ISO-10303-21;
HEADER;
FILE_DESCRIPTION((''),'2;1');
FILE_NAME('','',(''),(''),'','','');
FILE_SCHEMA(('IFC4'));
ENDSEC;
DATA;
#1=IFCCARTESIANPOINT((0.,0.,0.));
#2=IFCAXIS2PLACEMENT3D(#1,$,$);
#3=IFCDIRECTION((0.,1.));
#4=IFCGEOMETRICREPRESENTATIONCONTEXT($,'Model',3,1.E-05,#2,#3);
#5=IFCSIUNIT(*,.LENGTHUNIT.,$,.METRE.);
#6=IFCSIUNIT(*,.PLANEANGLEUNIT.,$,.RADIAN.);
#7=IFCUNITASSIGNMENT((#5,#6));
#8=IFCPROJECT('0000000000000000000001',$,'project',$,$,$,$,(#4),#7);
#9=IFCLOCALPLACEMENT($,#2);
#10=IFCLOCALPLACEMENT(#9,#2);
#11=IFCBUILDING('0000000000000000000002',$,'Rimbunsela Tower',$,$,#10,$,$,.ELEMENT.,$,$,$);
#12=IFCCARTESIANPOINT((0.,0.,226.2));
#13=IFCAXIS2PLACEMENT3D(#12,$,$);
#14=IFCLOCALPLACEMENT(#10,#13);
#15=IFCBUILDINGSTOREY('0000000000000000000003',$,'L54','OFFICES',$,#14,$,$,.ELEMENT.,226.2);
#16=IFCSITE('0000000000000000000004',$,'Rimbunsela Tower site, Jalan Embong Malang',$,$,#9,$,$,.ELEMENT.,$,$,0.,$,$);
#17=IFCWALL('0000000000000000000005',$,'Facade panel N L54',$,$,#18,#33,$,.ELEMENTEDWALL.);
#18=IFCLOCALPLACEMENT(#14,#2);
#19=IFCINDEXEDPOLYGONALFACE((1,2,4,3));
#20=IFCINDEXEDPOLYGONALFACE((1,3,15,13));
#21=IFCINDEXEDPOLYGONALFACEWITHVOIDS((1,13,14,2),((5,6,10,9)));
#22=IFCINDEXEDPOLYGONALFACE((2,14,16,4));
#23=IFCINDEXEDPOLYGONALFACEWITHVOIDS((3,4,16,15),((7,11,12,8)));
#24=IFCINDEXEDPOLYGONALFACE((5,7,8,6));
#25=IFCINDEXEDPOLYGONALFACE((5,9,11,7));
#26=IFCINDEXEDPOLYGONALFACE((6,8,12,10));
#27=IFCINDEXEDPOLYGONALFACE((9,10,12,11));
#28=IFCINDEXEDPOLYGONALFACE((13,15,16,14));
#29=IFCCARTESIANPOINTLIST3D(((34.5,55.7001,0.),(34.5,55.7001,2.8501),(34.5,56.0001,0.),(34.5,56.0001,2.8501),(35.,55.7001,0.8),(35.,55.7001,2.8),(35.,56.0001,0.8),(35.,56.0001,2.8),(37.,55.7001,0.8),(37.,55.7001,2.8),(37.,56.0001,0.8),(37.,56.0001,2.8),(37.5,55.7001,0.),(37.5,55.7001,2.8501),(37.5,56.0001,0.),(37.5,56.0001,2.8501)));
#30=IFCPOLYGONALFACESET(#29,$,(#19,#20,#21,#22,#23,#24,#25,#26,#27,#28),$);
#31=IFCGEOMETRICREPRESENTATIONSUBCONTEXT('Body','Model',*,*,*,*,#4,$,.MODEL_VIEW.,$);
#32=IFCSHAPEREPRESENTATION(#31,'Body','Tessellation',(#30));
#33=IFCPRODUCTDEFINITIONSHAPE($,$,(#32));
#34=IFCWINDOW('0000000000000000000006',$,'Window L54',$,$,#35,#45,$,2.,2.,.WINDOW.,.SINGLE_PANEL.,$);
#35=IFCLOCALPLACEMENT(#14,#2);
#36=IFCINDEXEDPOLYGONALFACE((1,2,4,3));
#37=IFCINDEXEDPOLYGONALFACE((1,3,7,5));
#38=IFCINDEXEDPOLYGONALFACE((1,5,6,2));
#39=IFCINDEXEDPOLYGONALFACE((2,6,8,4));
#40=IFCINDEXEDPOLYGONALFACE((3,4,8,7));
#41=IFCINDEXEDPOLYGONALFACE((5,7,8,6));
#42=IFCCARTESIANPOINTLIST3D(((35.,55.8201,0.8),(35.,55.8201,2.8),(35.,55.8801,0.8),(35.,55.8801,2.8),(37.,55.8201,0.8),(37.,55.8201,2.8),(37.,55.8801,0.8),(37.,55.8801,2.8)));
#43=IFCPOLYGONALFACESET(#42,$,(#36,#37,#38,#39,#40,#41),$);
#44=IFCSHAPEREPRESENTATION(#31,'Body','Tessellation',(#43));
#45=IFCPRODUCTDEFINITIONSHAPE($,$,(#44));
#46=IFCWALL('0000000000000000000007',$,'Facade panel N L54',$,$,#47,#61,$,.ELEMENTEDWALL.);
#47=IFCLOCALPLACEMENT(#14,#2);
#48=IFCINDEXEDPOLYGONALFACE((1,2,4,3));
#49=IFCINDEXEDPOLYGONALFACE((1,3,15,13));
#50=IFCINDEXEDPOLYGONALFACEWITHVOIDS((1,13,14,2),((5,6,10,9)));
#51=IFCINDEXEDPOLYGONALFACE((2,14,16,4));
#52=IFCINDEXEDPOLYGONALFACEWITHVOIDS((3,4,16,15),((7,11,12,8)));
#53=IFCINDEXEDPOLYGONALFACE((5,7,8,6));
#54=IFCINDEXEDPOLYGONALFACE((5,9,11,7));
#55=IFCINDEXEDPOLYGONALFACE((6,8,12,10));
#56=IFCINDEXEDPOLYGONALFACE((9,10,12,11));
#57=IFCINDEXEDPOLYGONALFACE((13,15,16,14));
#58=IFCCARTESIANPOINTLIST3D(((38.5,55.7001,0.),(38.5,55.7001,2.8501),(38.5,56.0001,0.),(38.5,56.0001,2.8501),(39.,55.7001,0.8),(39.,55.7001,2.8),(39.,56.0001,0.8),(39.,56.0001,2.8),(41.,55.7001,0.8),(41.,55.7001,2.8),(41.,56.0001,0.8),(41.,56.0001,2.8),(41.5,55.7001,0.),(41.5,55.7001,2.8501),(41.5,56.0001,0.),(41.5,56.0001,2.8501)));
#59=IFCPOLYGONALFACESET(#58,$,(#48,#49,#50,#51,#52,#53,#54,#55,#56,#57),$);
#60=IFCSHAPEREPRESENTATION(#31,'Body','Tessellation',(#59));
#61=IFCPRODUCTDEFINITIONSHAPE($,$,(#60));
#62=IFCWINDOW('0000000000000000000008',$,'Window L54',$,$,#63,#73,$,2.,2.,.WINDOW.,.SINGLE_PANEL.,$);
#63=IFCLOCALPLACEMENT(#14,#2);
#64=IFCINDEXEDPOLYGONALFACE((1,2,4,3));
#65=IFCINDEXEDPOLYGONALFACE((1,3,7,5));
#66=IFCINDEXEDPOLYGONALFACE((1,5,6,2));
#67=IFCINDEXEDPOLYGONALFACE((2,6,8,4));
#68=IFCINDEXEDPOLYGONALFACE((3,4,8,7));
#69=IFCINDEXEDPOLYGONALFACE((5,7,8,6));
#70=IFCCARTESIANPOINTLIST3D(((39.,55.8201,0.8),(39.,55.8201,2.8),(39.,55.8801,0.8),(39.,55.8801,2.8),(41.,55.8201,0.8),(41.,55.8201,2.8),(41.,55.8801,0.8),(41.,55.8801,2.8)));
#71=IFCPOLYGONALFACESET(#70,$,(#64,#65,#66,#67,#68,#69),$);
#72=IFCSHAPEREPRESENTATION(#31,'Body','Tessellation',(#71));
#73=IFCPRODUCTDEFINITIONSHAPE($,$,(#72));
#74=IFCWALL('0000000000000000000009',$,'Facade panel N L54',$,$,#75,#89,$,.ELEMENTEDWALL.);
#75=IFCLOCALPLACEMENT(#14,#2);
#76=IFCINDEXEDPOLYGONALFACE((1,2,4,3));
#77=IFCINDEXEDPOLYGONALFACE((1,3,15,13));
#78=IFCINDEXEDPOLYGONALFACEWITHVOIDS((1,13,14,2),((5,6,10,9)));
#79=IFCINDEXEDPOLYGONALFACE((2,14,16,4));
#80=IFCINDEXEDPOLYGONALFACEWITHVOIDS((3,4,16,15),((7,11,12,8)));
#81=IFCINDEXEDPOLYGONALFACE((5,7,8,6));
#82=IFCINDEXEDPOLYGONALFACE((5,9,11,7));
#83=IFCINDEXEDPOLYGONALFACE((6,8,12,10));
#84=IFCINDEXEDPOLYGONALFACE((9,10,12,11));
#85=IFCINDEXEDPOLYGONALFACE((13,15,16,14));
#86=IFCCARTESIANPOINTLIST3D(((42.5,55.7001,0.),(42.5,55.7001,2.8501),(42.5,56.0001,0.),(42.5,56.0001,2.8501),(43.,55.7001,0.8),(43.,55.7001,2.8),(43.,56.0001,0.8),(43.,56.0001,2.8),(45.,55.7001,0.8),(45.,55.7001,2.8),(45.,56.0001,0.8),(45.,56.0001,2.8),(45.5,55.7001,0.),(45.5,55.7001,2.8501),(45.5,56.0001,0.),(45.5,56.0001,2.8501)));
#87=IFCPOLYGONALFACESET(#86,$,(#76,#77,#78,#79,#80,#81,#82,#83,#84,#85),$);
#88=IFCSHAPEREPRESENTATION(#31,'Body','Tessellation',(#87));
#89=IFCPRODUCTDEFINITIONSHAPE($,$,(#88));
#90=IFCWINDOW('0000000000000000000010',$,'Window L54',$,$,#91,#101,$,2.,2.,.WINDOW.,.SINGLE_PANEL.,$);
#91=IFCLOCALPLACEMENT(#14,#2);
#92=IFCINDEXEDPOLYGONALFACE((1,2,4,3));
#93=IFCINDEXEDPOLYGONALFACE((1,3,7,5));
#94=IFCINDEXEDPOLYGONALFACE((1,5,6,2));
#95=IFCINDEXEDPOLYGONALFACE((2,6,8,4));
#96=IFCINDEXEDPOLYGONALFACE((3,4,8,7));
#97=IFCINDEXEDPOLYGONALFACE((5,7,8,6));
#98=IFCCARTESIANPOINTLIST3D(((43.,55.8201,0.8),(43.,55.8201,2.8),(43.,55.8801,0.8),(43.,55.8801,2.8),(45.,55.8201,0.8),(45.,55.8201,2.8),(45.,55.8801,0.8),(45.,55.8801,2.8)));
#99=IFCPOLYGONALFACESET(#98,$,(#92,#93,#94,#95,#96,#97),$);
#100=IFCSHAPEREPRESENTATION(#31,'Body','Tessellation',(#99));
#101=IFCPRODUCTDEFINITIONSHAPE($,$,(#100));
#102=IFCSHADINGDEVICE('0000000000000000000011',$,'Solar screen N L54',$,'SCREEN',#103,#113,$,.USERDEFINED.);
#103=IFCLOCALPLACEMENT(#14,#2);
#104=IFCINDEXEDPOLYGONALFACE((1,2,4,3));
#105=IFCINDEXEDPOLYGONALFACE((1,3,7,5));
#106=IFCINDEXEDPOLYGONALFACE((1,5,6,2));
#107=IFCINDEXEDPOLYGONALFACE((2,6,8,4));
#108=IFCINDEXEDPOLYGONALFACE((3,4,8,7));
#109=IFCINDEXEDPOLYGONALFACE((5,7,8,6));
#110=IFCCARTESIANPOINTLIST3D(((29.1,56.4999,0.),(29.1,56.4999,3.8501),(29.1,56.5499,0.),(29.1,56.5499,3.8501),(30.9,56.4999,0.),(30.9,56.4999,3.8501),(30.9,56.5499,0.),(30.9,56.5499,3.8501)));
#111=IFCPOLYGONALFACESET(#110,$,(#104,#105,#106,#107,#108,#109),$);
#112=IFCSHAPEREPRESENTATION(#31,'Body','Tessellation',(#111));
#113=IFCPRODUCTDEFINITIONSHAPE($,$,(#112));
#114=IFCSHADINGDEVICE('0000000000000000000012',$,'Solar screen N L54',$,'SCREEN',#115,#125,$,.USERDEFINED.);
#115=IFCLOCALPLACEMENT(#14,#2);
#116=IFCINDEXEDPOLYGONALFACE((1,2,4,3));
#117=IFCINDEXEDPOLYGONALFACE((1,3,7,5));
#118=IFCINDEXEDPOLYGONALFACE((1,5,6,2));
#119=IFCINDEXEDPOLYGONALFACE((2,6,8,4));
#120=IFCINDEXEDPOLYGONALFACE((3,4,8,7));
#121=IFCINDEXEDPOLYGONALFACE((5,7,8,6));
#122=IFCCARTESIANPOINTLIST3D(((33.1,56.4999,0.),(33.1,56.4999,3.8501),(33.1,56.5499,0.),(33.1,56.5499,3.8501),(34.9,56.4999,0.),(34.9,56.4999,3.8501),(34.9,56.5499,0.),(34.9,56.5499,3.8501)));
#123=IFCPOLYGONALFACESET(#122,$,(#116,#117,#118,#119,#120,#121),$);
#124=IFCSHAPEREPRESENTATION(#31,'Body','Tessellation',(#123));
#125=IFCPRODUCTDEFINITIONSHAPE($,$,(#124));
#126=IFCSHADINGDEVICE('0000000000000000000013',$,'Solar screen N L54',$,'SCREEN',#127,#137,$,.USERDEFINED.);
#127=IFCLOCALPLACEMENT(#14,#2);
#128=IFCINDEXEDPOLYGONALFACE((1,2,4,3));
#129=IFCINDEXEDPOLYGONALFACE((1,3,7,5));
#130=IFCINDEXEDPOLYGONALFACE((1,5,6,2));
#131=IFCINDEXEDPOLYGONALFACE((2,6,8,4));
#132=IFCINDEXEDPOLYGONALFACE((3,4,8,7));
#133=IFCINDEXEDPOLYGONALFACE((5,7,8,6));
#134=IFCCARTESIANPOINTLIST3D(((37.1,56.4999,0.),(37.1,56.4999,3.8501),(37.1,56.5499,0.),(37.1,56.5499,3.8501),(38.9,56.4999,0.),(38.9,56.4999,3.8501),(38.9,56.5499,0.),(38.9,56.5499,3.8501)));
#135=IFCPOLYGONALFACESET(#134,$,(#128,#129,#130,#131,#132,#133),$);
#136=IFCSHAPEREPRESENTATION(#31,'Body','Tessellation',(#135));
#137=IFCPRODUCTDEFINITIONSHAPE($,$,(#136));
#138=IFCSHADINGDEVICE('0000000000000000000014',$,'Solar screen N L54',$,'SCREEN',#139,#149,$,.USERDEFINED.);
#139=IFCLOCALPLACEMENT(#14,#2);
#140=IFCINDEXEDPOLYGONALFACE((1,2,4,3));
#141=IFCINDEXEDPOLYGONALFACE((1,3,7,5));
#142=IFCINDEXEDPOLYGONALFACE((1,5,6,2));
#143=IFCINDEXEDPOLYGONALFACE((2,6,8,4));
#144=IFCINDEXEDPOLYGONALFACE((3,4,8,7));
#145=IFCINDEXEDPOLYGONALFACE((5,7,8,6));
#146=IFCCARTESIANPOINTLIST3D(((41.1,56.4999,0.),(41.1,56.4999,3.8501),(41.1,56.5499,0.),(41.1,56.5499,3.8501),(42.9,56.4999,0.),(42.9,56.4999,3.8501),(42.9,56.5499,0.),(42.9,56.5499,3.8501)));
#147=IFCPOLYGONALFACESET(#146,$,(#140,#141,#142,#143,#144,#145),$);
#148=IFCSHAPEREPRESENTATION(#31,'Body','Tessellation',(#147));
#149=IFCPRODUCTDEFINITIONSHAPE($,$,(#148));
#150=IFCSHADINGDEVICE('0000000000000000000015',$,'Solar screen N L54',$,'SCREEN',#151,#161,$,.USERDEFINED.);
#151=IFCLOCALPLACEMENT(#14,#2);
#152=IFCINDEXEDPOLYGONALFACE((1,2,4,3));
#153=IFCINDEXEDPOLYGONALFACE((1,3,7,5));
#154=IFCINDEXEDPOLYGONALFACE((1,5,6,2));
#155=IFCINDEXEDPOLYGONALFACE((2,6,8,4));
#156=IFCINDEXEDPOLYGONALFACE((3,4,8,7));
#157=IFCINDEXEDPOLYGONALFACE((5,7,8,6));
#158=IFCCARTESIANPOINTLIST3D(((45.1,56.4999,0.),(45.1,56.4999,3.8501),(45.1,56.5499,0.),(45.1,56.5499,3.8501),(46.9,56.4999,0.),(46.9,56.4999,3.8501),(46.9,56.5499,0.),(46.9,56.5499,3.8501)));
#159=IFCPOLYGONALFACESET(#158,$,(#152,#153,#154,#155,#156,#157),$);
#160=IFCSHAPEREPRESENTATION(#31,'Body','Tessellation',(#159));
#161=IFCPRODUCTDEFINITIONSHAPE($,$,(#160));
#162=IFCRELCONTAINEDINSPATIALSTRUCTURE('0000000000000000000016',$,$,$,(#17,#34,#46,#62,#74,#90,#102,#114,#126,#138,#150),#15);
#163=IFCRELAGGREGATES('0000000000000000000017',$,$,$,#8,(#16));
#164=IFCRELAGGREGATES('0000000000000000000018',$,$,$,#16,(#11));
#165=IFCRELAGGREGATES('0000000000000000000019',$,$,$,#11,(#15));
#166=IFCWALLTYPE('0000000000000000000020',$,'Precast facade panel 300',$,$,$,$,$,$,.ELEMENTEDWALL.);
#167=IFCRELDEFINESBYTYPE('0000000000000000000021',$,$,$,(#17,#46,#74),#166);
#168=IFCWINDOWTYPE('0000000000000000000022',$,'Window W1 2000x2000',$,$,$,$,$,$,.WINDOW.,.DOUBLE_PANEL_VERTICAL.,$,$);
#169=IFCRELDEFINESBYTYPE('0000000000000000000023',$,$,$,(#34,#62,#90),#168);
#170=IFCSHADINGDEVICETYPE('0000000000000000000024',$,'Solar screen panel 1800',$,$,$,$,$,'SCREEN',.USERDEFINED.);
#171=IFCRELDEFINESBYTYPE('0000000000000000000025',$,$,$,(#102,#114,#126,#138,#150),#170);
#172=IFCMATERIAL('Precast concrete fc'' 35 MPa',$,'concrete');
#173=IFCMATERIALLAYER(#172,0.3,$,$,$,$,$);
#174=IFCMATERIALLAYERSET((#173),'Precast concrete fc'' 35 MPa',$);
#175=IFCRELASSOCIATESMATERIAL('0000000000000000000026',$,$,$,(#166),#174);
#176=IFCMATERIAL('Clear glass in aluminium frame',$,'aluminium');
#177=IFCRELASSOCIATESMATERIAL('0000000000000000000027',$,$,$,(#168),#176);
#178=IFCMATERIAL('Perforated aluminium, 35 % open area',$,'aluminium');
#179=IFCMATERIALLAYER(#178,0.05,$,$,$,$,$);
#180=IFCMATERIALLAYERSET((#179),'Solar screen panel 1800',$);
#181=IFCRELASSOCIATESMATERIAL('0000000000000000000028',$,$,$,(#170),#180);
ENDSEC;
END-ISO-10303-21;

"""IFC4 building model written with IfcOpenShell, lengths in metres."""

from ifc_helpers import new_model, si_unit, direction, frame, frame_2d, origin, origin_2d, place, context, subcontext, project, spatial, rectangle, extrude, material, layer, layer_set, type_object, element, fill, save


model = new_model("IFC4")

# Units and contexts
model_context = context("Model", 3, precision=1e-05, world=origin(), true_north=direction((0.0, 1.0)))
body_context = subcontext(model_context, "Body", "Model", "MODEL_VIEW")
ifc_project = project(units=[si_unit("LENGTHUNIT", "METRE"), si_unit("PLANEANGLEUNIT", "RADIAN")], contexts=[model_context])

# Site, building, storey
site_placement = place(None, origin())
site = spatial("IfcSite", under=ifc_project, at=site_placement, Name="Rimbunsela Tower site, Jalan Embong Malang", CompositionType="ELEMENT", RefElevation=0.0)
building_placement = place(site_placement, origin())
building = spatial("IfcBuilding", under=site, at=building_placement, Name="Rimbunsela Tower", CompositionType="ELEMENT")
storey_placement = place(building_placement, frame((0.0, 0.0, 226.2)))
storey = spatial("IfcBuildingStorey", under=building, at=storey_placement, Name="L54", Description="OFFICES", CompositionType="ELEMENT", Elevation=226.2)

# Walls, openings, windows
ifc_material_1 = material(Name="Precast concrete fc' 35 MPa", Category="concrete")
ifc_layer_1 = layer(ifc_material_1, 0.3)
ifc_layer_set_1 = layer_set([ifc_layer_1], Name="Precast concrete fc' 35 MPa")
wall_type_1 = type_object("IfcWallType", Name="Precast facade panel 300", PredefinedType="ELEMENTEDWALL", material=ifc_layer_set_1)
ifc_material_2 = material(Name="Clear glass in aluminium frame", Category="aluminium")
window_type = type_object("IfcWindowType", Name="Window W1 2000x2000", PartitioningType="DOUBLE_PANEL_VERTICAL", PredefinedType="WINDOW", material=ifc_material_2)
wall_1_placement = place(storey_placement, frame((37.5, 55.8501, 0.0), z_axis=(0.0, 0.0, 1.0), x_axis=(-1.0, 0.0, 0.0)))
wall_1 = element("IfcWall", 1, at=wall_1_placement, inside=storey, type_object=wall_type_1, Name="Facade panel N L54", PredefinedType="ELEMENTEDWALL", context=body_context, shape_type="SweptSolid", body=[
    extrude(rectangle(XDim=3.0, YDim=0.3, at=frame_2d((1.5, 0.0))), origin(), (0.0, 0.0, 1.0), 2.8501),
])
opening_1_placement = place(wall_1_placement, frame((0.5, 0.0, 0.8)))
opening_1 = element("IfcOpeningElement", 2, at=opening_1_placement, cuts=wall_1, PredefinedType="OPENING", context=body_context, shape_type="SweptSolid", body=[
    extrude(rectangle(XDim=2.0, YDim=2.0, at=frame_2d((1.0, 1.0))), frame((0.0, 0.1599, 0.0), z_axis=(0.0, -1.0, 0.0), x_axis=(1.0, 0.0, 0.0)), (0.0, 0.0, 1.0), 0.3201),
])
window_1_placement = place(opening_1_placement, origin())
window_1 = element("IfcWindow", 3, at=window_1_placement, inside=storey, type_object=window_type, Name="Window L54", OverallHeight=2.0, OverallWidth=2.0, PartitioningType="SINGLE_PANEL", PredefinedType="WINDOW", context=body_context, shape_type="SweptSolid", body=[
    extrude(rectangle(XDim=2.0, YDim=2.0, at=frame_2d((1.0, 1.0))), frame((0.0, 0.03, 0.0), z_axis=(0.0, -1.0, 0.0), x_axis=(1.0, 0.0, 0.0)), (0.0, 0.0, 1.0), 0.0601),
])
fill(opening_1, window_1)
wall_2_placement = place(storey_placement, frame((41.5, 55.8501, 0.0), z_axis=(0.0, 0.0, 1.0), x_axis=(-1.0, 0.0, 0.0)))
wall_2 = element("IfcWall", 4, at=wall_2_placement, inside=storey, type_object=wall_type_1, Name="Facade panel N L54", PredefinedType="ELEMENTEDWALL", context=body_context, shape_type="SweptSolid", body=[
    extrude(rectangle(XDim=3.0, YDim=0.3, at=frame_2d((1.5, 0.0))), origin(), (0.0, 0.0, 1.0), 2.8501),
])
opening_2_placement = place(wall_2_placement, frame((0.5, 0.0, 0.8)))
opening_2 = element("IfcOpeningElement", 5, at=opening_2_placement, cuts=wall_2, PredefinedType="OPENING", context=body_context, shape_type="SweptSolid", body=[
    extrude(rectangle(XDim=2.0, YDim=2.0, at=frame_2d((1.0, 1.0))), frame((0.0, 0.1599, 0.0), z_axis=(0.0, -1.0, 0.0), x_axis=(1.0, 0.0, 0.0)), (0.0, 0.0, 1.0), 0.3201),
])
window_2_placement = place(opening_2_placement, origin())
window_2 = element("IfcWindow", 6, at=window_2_placement, inside=storey, type_object=window_type, Name="Window L54", OverallHeight=2.0, OverallWidth=2.0, PartitioningType="SINGLE_PANEL", PredefinedType="WINDOW", context=body_context, shape_type="SweptSolid", body=[
    extrude(rectangle(XDim=2.0, YDim=2.0, at=frame_2d((1.0, 1.0))), frame((0.0, 0.03, 0.0), z_axis=(0.0, -1.0, 0.0), x_axis=(1.0, 0.0, 0.0)), (0.0, 0.0, 1.0), 0.0601),
])
fill(opening_2, window_2)
wall_3_placement = place(storey_placement, frame((45.5, 55.8501, 0.0), z_axis=(0.0, 0.0, 1.0), x_axis=(-1.0, 0.0, 0.0)))
wall_3 = element("IfcWall", 7, at=wall_3_placement, inside=storey, type_object=wall_type_1, Name="Facade panel N L54", PredefinedType="ELEMENTEDWALL", context=body_context, shape_type="SweptSolid", body=[
    extrude(rectangle(XDim=3.0, YDim=0.3, at=frame_2d((1.5, 0.0))), origin(), (0.0, 0.0, 1.0), 2.8501),
])
opening_3_placement = place(wall_3_placement, frame((0.5, 0.0, 0.8)))
opening_3 = element("IfcOpeningElement", 8, at=opening_3_placement, cuts=wall_3, PredefinedType="OPENING", context=body_context, shape_type="SweptSolid", body=[
    extrude(rectangle(XDim=2.0, YDim=2.0, at=frame_2d((1.0, 1.0))), frame((0.0, 0.1599, 0.0), z_axis=(0.0, -1.0, 0.0), x_axis=(1.0, 0.0, 0.0)), (0.0, 0.0, 1.0), 0.3201),
])
window_3_placement = place(opening_3_placement, origin())
window_3 = element("IfcWindow", 9, at=window_3_placement, inside=storey, type_object=window_type, Name="Window L54", OverallHeight=2.0, OverallWidth=2.0, PartitioningType="SINGLE_PANEL", PredefinedType="WINDOW", context=body_context, shape_type="SweptSolid", body=[
    extrude(rectangle(XDim=2.0, YDim=2.0, at=frame_2d((1.0, 1.0))), frame((0.0, 0.03, 0.0), z_axis=(0.0, -1.0, 0.0), x_axis=(1.0, 0.0, 0.0)), (0.0, 0.0, 1.0), 0.0601),
])
fill(opening_3, window_3)

# Shading devices
ifc_material_3 = material(Name="Perforated aluminium, 35 % open area", Category="aluminium")
ifc_layer_2 = layer(ifc_material_3, 0.05)
ifc_layer_set_2 = layer_set([ifc_layer_2], Name="Solar screen panel 1800")
shading_device_type = type_object("IfcShadingDeviceType", Name="Solar screen panel 1800", ElementType="SCREEN", PredefinedType="USERDEFINED", material=ifc_layer_set_2)
for number, where, z_axis, x_axis, name in (
    (10, (30.0, 56.5249, 0.0), (0.0, 0.0, 1.0), (1.0, 0.0, 0.0), "Solar screen N L54"),
    (11, (34.0, 56.5249, 0.0), (0.0, 0.0, 1.0), (1.0, 0.0, 0.0), "Solar screen N L54"),
    (12, (38.0, 56.5249, 0.0), (0.0, 0.0, 1.0), (1.0, 0.0, 0.0), "Solar screen N L54"),
    (13, (42.0, 56.5249, 0.0), (0.0, 0.0, 1.0), (1.0, 0.0, 0.0), "Solar screen N L54"),
    (14, (46.0, 56.5249, 0.0), (0.0, 0.0, 1.0), (1.0, 0.0, 0.0), "Solar screen N L54"),
):
    element("IfcShadingDevice", number, at=place(storey_placement, frame(where, z_axis=z_axis, x_axis=x_axis)), inside=storey, type_object=shading_device_type, Name=name, ObjectType="SCREEN", PredefinedType="USERDEFINED", context=body_context, shape_type="SweptSolid", body=[
        extrude(rectangle(XDim=1.8, YDim=0.05, at=origin_2d()), origin(), (0.0, 0.0, 1.0), 3.8501),
    ])

save(model, "model.ifc")
